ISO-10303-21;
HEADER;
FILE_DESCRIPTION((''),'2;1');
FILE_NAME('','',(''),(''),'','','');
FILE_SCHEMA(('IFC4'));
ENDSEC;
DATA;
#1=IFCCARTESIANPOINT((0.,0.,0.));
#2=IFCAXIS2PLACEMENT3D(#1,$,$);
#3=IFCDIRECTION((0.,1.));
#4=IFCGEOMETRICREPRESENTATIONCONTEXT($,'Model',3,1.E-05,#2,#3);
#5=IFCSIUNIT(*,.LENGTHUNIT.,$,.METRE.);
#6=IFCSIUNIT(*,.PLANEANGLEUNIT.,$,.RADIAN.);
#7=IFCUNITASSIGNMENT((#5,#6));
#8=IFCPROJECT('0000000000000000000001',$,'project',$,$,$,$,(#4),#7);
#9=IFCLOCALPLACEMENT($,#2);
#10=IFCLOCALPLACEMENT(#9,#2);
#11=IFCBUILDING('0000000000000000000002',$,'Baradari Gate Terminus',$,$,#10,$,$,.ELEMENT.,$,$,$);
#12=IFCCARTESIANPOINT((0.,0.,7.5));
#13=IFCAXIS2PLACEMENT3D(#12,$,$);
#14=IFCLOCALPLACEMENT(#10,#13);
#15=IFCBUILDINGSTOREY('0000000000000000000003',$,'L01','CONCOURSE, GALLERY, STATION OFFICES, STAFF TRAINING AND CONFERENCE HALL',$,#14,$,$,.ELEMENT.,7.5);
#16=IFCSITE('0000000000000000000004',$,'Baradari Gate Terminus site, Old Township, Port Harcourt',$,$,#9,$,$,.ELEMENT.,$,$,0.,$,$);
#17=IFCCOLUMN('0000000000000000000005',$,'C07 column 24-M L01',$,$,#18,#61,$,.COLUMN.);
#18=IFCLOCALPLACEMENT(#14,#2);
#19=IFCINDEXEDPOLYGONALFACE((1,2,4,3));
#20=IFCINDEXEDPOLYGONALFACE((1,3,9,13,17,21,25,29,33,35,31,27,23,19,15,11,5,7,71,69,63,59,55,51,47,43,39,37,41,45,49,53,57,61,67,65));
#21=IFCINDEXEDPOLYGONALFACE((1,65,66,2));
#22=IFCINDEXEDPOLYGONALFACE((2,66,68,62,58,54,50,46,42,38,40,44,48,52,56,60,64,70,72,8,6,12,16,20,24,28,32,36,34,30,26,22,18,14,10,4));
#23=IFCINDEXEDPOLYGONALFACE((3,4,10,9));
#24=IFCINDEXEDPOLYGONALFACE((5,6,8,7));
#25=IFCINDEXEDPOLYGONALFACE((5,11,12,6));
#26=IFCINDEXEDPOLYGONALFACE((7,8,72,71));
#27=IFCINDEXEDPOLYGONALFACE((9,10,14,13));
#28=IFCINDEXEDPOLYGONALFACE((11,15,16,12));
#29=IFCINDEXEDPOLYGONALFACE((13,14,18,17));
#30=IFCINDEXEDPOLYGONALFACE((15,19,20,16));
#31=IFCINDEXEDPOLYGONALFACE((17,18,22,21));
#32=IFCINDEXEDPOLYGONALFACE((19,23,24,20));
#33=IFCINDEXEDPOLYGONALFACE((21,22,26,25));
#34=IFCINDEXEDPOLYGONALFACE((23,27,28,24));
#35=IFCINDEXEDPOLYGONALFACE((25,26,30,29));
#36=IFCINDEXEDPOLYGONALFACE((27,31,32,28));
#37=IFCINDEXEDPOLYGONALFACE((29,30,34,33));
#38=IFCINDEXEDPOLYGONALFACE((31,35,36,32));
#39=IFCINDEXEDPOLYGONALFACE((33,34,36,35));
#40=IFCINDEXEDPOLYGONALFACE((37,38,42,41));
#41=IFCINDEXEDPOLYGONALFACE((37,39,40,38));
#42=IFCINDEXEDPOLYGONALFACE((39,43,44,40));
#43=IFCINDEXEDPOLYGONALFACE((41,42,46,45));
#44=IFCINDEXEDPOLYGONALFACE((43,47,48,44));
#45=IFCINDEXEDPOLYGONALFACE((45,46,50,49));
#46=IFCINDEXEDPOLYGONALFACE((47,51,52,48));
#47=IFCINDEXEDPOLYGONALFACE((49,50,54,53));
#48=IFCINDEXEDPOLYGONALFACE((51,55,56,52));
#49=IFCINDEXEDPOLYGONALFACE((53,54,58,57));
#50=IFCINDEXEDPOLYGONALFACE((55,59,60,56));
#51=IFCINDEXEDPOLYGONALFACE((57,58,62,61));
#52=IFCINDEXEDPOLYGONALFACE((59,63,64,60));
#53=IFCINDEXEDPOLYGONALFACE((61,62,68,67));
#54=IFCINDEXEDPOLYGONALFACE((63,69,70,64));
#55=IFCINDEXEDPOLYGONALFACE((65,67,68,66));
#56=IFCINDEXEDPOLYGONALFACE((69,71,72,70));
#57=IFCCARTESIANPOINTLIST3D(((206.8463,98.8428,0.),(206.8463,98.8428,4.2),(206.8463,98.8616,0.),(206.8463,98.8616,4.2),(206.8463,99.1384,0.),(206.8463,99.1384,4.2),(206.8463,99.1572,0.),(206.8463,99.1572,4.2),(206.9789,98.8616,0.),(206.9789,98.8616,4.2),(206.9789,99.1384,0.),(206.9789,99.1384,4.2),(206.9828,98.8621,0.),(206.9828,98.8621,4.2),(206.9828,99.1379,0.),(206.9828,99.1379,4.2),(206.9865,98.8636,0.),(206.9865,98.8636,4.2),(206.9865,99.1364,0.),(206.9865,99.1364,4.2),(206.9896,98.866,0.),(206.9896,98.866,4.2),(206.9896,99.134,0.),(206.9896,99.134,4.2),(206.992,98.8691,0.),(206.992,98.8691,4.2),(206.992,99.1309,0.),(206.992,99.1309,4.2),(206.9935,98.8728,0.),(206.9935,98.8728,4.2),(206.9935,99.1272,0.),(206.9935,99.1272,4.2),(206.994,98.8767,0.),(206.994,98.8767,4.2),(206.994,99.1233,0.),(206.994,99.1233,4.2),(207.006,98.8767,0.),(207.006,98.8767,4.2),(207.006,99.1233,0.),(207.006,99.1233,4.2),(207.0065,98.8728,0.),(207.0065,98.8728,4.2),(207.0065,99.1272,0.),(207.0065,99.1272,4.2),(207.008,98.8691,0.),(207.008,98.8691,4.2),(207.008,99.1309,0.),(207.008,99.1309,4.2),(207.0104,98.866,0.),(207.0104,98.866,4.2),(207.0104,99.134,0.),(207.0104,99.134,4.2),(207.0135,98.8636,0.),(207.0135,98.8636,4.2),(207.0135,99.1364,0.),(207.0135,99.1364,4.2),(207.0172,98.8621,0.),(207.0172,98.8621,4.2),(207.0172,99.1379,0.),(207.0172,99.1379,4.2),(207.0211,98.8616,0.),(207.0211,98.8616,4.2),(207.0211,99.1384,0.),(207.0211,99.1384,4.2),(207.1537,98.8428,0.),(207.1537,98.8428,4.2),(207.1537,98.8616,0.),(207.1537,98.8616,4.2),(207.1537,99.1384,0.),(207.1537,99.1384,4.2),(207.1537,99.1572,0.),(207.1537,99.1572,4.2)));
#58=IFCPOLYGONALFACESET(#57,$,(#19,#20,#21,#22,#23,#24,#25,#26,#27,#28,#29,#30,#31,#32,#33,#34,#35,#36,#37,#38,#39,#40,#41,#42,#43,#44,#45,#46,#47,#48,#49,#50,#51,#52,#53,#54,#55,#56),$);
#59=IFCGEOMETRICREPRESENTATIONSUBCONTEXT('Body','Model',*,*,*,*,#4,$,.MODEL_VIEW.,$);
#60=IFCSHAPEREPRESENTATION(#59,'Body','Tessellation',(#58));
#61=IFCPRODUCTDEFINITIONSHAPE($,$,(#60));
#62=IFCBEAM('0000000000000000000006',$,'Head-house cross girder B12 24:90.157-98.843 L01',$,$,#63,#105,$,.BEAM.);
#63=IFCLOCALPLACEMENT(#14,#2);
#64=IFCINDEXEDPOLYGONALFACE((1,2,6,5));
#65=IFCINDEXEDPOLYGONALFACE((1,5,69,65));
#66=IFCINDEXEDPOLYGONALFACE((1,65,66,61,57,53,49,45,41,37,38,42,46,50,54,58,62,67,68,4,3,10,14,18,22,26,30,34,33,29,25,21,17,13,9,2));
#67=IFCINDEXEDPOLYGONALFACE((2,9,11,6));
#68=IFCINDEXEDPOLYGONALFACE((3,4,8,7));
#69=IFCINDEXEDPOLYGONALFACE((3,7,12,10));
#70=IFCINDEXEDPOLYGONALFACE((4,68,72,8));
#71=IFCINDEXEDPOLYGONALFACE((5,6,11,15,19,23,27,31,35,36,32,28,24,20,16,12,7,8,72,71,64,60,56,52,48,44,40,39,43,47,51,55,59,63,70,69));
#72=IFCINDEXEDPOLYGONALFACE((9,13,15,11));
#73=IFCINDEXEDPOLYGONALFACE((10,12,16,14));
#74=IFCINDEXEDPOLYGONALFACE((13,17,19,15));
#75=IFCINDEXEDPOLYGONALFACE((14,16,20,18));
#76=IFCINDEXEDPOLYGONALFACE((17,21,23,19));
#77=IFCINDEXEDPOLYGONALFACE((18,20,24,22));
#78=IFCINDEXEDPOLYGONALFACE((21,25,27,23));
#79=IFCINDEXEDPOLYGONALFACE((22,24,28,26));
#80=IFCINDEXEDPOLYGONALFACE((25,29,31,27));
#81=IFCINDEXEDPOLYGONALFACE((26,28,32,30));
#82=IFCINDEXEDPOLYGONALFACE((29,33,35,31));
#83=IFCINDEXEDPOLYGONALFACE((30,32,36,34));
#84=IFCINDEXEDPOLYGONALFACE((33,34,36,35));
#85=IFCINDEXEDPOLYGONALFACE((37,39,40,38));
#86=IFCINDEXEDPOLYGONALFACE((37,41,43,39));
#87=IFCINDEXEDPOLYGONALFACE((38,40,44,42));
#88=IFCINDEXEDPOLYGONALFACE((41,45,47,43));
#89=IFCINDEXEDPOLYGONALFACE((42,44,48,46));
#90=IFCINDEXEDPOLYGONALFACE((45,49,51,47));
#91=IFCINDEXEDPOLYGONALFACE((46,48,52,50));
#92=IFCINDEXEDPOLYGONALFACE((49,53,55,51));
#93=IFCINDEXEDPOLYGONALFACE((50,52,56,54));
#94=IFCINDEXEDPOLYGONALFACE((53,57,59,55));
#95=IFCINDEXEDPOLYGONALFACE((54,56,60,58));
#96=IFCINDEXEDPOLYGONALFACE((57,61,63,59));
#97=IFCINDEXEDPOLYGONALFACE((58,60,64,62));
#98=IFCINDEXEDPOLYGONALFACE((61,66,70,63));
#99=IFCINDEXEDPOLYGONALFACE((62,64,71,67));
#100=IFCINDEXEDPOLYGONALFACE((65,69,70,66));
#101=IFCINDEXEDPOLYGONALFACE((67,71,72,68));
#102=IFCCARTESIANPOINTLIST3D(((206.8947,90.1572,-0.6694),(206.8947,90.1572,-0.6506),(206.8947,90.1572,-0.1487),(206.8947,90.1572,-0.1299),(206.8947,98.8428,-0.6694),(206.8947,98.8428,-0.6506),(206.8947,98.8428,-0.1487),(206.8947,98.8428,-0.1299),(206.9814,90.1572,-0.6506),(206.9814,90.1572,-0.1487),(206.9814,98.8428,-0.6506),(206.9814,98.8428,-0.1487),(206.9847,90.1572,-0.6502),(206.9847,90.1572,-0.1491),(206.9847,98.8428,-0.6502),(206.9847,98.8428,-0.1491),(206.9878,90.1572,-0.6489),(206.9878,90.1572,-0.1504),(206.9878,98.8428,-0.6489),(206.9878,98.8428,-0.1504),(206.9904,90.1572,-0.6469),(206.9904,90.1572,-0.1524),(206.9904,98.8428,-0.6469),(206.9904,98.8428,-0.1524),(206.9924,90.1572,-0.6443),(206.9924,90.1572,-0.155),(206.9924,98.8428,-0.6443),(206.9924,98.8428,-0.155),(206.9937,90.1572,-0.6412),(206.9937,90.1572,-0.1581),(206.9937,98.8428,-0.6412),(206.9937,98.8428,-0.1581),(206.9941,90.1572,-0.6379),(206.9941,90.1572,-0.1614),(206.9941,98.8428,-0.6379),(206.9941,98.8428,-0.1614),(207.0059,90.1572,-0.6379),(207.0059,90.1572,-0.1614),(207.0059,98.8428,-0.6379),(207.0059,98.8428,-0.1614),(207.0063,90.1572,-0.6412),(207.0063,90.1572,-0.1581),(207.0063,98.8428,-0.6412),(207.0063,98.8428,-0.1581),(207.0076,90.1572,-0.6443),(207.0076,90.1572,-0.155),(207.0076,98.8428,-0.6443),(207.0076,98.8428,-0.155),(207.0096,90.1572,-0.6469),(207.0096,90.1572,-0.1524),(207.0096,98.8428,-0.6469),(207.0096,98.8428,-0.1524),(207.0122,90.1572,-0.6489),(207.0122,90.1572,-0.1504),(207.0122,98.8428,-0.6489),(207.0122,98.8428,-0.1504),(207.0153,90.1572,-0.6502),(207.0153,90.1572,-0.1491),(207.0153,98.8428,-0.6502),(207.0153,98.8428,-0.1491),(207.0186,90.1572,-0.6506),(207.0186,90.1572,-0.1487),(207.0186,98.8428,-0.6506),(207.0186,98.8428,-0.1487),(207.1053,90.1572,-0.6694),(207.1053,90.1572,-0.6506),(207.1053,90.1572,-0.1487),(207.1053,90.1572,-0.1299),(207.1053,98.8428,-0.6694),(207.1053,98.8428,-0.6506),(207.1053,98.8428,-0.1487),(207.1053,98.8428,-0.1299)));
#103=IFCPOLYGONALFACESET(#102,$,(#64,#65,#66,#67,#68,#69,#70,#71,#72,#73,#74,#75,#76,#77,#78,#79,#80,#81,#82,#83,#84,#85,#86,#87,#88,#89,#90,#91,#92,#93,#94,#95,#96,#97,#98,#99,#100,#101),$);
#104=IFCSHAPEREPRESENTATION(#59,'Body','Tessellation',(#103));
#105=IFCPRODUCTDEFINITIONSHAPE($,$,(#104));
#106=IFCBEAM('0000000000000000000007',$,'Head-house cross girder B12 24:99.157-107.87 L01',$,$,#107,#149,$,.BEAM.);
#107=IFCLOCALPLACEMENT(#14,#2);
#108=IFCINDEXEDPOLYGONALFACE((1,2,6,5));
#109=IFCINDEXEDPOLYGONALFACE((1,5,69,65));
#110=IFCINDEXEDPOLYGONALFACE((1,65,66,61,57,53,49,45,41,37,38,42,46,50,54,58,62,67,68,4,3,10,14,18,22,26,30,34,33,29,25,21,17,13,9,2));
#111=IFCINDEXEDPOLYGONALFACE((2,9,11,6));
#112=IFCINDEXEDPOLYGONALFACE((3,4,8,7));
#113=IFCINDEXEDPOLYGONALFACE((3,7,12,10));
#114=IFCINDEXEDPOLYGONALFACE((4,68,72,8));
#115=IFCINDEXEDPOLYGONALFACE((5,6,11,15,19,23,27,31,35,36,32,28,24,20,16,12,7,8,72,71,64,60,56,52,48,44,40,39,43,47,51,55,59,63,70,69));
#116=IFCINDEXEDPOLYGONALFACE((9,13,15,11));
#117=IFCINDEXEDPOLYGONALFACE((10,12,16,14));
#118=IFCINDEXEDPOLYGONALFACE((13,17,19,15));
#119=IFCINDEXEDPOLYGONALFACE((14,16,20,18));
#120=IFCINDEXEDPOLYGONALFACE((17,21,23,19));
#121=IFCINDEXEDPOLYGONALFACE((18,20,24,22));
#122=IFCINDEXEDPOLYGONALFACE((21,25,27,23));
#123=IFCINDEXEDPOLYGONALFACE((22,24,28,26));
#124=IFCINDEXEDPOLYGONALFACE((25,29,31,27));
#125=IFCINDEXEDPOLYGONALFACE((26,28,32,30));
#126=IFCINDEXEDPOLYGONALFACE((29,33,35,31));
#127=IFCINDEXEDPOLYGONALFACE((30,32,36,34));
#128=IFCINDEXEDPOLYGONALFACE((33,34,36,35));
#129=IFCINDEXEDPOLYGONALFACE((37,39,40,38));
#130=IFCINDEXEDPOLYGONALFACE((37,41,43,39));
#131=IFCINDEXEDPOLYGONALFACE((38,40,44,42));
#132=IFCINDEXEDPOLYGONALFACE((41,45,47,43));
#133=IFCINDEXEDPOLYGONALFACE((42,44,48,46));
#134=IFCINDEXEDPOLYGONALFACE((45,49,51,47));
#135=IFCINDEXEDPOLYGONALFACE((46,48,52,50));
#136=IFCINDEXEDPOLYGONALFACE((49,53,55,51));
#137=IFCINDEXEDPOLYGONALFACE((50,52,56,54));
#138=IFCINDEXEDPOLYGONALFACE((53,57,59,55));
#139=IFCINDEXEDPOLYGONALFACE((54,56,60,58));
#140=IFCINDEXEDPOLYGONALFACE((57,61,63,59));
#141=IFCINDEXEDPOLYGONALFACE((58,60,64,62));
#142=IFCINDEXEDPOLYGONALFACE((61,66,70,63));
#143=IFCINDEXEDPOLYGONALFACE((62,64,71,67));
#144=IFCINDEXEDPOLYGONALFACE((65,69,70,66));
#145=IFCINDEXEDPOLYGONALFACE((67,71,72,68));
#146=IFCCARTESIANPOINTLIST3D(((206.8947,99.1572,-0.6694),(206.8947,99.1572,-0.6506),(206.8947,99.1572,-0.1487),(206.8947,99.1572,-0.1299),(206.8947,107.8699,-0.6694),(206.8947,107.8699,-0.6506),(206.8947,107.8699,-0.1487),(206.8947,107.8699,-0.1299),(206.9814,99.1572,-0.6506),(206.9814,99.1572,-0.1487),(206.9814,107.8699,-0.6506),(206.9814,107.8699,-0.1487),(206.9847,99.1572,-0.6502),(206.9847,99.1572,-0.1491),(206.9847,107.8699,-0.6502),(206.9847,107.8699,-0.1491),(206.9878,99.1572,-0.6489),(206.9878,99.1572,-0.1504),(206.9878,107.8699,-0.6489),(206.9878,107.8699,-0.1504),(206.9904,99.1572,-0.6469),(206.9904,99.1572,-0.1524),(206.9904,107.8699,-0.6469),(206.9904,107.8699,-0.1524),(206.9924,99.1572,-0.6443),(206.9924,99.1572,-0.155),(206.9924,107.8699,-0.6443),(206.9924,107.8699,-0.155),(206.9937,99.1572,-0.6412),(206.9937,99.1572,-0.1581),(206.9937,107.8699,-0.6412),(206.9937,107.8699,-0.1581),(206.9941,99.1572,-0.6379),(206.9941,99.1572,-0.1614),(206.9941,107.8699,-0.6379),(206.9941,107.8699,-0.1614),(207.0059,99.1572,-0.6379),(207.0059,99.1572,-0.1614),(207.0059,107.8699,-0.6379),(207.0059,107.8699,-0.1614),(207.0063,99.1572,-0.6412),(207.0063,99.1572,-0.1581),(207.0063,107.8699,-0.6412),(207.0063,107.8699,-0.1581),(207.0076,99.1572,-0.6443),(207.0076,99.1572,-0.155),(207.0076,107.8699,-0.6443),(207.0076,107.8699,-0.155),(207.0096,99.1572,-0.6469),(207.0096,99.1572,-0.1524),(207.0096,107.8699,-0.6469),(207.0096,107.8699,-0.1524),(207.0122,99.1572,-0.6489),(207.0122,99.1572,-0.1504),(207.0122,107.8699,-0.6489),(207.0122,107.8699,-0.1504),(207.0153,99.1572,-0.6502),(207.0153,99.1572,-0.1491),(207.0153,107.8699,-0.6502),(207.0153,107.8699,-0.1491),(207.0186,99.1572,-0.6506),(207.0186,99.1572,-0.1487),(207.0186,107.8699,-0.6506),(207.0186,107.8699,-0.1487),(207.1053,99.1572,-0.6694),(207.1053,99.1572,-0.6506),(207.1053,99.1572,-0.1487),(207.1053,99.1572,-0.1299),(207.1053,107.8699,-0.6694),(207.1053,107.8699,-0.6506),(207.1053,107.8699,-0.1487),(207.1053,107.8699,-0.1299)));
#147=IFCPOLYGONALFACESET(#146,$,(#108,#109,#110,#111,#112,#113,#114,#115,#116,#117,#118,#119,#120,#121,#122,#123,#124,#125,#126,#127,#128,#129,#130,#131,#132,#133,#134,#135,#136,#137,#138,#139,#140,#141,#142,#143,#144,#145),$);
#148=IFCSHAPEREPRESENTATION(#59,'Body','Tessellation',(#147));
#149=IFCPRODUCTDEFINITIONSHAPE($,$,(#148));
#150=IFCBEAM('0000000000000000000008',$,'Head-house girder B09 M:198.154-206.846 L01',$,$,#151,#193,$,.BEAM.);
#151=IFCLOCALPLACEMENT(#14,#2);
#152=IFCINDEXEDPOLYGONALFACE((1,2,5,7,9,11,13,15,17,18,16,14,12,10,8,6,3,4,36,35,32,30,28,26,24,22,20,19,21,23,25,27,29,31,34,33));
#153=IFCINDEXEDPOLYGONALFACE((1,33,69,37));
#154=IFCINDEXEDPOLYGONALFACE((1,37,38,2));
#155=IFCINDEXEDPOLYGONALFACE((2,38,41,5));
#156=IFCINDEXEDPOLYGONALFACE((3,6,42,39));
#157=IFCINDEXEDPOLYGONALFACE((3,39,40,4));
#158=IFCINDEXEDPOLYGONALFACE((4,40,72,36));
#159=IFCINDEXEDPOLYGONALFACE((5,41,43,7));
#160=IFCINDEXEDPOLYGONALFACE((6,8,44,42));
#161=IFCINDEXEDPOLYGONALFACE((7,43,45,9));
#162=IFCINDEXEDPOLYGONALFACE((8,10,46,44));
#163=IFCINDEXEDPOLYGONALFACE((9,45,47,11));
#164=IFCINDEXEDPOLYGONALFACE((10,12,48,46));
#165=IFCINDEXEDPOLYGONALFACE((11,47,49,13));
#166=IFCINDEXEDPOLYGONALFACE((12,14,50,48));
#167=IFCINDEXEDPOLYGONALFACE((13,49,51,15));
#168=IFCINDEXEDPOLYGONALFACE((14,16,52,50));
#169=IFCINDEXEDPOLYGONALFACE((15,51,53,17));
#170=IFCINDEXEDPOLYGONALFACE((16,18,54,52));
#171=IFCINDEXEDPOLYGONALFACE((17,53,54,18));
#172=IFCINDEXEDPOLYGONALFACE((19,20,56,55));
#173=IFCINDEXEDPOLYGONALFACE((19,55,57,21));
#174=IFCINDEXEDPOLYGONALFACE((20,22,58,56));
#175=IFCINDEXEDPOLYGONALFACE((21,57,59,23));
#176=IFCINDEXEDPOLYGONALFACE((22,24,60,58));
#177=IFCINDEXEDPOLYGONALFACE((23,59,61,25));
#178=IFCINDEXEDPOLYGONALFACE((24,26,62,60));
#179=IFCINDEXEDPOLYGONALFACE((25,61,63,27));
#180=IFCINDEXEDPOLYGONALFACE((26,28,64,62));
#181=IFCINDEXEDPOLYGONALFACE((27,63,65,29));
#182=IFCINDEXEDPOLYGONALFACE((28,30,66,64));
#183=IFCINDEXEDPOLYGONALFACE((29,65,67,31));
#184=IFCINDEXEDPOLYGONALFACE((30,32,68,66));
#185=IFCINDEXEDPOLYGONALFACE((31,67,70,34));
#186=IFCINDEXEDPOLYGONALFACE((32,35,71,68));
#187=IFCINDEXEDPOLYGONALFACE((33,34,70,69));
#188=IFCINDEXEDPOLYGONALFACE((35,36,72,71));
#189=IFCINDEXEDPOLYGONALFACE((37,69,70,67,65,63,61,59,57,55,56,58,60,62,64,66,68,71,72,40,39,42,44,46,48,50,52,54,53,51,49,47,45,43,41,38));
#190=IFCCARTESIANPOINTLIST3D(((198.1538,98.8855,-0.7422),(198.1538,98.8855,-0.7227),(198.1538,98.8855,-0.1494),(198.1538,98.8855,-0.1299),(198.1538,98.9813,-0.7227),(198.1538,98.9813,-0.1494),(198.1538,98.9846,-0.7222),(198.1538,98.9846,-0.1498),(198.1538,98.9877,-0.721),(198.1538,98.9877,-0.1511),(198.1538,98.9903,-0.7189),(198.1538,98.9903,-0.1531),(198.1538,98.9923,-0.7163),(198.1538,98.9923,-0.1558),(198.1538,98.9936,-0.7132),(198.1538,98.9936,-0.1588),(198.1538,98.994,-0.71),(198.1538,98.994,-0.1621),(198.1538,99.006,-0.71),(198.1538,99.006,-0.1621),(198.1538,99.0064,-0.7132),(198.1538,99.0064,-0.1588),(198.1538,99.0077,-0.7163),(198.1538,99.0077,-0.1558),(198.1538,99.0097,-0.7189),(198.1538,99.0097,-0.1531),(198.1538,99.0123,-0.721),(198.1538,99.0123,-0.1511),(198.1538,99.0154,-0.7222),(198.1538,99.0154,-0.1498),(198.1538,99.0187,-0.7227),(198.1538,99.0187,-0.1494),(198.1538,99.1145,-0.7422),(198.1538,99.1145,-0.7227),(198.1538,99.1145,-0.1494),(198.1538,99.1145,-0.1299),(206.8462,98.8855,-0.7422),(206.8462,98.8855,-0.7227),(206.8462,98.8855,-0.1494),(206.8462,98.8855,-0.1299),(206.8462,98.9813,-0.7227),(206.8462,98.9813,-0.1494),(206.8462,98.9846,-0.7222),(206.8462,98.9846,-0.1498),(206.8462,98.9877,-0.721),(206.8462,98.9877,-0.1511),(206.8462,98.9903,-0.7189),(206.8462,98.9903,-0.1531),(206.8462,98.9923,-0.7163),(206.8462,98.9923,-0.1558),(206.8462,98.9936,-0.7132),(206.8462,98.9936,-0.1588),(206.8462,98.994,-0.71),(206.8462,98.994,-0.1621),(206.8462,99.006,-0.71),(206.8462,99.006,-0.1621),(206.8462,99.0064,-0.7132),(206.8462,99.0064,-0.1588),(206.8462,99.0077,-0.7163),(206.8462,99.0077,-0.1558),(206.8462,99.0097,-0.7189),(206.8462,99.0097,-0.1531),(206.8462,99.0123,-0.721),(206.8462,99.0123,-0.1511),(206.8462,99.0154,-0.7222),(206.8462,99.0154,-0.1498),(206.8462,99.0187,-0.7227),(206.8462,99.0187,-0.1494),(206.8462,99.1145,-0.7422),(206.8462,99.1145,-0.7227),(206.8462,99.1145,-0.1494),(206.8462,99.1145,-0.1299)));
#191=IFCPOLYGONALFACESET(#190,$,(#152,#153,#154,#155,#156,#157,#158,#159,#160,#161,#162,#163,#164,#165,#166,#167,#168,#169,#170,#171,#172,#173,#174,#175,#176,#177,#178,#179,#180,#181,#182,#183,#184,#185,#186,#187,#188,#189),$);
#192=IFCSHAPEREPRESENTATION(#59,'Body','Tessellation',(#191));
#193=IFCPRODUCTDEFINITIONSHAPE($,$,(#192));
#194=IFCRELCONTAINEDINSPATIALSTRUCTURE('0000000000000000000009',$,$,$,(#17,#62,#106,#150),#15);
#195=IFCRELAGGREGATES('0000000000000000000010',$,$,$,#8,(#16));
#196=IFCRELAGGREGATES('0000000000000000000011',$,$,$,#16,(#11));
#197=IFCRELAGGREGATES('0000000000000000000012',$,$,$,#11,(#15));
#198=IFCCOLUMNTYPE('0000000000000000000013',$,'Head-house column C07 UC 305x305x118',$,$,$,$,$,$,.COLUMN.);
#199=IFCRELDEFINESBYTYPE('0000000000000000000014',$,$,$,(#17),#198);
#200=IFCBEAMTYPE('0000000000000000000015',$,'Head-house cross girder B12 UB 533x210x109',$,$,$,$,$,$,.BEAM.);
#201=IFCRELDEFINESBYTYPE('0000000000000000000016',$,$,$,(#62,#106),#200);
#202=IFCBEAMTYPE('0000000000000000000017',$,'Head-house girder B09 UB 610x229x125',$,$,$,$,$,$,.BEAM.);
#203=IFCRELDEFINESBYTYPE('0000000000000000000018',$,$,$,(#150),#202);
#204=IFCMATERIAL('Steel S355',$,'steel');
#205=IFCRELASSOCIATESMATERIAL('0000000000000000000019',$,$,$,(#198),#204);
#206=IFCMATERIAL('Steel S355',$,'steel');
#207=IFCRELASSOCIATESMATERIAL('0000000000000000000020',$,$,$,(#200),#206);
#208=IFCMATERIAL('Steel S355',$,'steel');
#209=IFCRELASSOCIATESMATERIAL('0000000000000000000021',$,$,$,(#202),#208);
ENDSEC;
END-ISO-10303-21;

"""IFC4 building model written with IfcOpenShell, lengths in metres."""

from ifc_helpers import new_model, si_unit, direction, frame, origin, origin_2d, place, context, subcontext, project, spatial, i_section, extrude, material, material_profile, profile_set, type_object, element, save


model = new_model("IFC4")

# Units and contexts
model_context = context("Model", 3, precision=1e-05, world=origin(), true_north=direction((0.0, 1.0)))
body_context = subcontext(model_context, "Body", "Model", "MODEL_VIEW")
ifc_project = project(units=[si_unit("LENGTHUNIT", "METRE"), si_unit("PLANEANGLEUNIT", "RADIAN")], contexts=[model_context])

# Site, building, storey
site_placement = place(None, origin())
site = spatial("IfcSite", under=ifc_project, at=site_placement, Name="Baradari Gate Terminus site, Old Township, Port Harcourt", CompositionType="ELEMENT", RefElevation=0.0)
building_placement = place(site_placement, origin())
building = spatial("IfcBuilding", under=site, at=building_placement, Name="Baradari Gate Terminus", CompositionType="ELEMENT")
storey_placement = place(building_placement, frame((0.0, 0.0, 7.5)))
storey = spatial("IfcBuildingStorey", under=building, at=storey_placement, Name="L01", Description="CONCOURSE, GALLERY, STATION OFFICES, STAFF TRAINING AND CONFERENCE HALL", CompositionType="ELEMENT", Elevation=7.5)

# Column
ifc_material_1 = material(Name="Steel S355", Category="steel")
ifc_material_profile_1 = material_profile(ifc_material_1, i_section(OverallWidth=0.3074, OverallDepth=0.3145, WebThickness=0.012, FlangeThickness=0.0188, FilletRadius=0.0151, at=origin_2d()), Name="UC 305x305x118")
ifc_profile_set_1 = profile_set([ifc_material_profile_1], Name="Steel S355")
column_type = type_object("IfcColumnType", Name="Head-house column C07 UC 305x305x118", PredefinedType="COLUMN", material=ifc_profile_set_1)
column_placement = place(storey_placement, frame((207.0, 99.0, 0.0), z_axis=(0.0, 0.0, 1.0), x_axis=(1.0, 0.0, 0.0)))
element("IfcColumn", 1, at=column_placement, inside=storey, type_object=column_type, Name="C07 column 24-M L01", PredefinedType="COLUMN", context=body_context, shape_type="SweptSolid", body=[
    extrude(i_section(OverallWidth=0.3074, OverallDepth=0.3145, WebThickness=0.012, FlangeThickness=0.0188, FilletRadius=0.0151, at=origin_2d()), origin(), (0.0, 0.0, 1.0), 4.2),
])

# Beams
ifc_material_2 = material(Name="Steel S355", Category="steel")
ifc_material_profile_2 = material_profile(ifc_material_2, i_section(OverallWidth=0.2107, OverallDepth=0.5396, WebThickness=0.0117, FlangeThickness=0.0188, FilletRadius=0.0127, at=origin_2d()), Name="UB 533x210x109")
ifc_profile_set_2 = profile_set([ifc_material_profile_2], Name="Steel S355")
beam_type_1 = type_object("IfcBeamType", Name="Head-house cross girder B12 UB 533x210x109", PredefinedType="BEAM", material=ifc_profile_set_2)
beam_1_placement = place(storey_placement, frame((207.0, 90.1572, -0.3997), z_axis=(0.0, 1.0, 0.0), x_axis=(-1.0, 0.0, 0.0)))
element("IfcBeam", 2, at=beam_1_placement, inside=storey, type_object=beam_type_1, Name="Head-house cross girder B12 24:90.157-98.843 L01", PredefinedType="BEAM", context=body_context, shape_type="SweptSolid", body=[
    extrude(i_section(OverallWidth=0.2107, OverallDepth=0.5396, WebThickness=0.0117, FlangeThickness=0.0188, FilletRadius=0.0127, at=origin_2d()), origin(), (0.0, 0.0, 1.0), 8.6855),
])
beam_2_placement = place(storey_placement, frame((207.0, 99.1572, -0.3997), z_axis=(0.0, 1.0, 0.0), x_axis=(-1.0, 0.0, 0.0)))
element("IfcBeam", 3, at=beam_2_placement, inside=storey, type_object=beam_type_1, Name="Head-house cross girder B12 24:99.157-107.87 L01", PredefinedType="BEAM", context=body_context, shape_type="SweptSolid", body=[
    extrude(i_section(OverallWidth=0.2107, OverallDepth=0.5396, WebThickness=0.0117, FlangeThickness=0.0188, FilletRadius=0.0127, at=origin_2d()), origin(), (0.0, 0.0, 1.0), 8.7126),
])
ifc_material_3 = material(Name="Steel S355", Category="steel")
ifc_material_profile_3 = material_profile(ifc_material_3, i_section(OverallWidth=0.229, OverallDepth=0.6123, WebThickness=0.012, FlangeThickness=0.0195, FilletRadius=0.0127, at=origin_2d()), Name="UB 610x229x125")
ifc_profile_set_3 = profile_set([ifc_material_profile_3], Name="Steel S355")
beam_type_2 = type_object("IfcBeamType", Name="Head-house girder B09 UB 610x229x125", PredefinedType="BEAM", material=ifc_profile_set_3)
for number, where, z_axis, x_axis, name in (
    (4, (198.1538, 99.0, -0.436), (1.0, 0.0, 0.0), (0.0, 1.0, 0.0), "Head-house girder B09 M:198.154-206.846 L01"),
):
    element("IfcBeam", number, at=place(storey_placement, frame(where, z_axis=z_axis, x_axis=x_axis)), inside=storey, type_object=beam_type_2, Name=name, PredefinedType="BEAM", context=body_context, shape_type="SweptSolid", body=[
        extrude(i_section(OverallWidth=0.229, OverallDepth=0.6123, WebThickness=0.012, FlangeThickness=0.0195, FilletRadius=0.0127, at=origin_2d()), origin(), (0.0, 0.0, 1.0), 8.6924),
    ])

save(model, "model.ifc")
